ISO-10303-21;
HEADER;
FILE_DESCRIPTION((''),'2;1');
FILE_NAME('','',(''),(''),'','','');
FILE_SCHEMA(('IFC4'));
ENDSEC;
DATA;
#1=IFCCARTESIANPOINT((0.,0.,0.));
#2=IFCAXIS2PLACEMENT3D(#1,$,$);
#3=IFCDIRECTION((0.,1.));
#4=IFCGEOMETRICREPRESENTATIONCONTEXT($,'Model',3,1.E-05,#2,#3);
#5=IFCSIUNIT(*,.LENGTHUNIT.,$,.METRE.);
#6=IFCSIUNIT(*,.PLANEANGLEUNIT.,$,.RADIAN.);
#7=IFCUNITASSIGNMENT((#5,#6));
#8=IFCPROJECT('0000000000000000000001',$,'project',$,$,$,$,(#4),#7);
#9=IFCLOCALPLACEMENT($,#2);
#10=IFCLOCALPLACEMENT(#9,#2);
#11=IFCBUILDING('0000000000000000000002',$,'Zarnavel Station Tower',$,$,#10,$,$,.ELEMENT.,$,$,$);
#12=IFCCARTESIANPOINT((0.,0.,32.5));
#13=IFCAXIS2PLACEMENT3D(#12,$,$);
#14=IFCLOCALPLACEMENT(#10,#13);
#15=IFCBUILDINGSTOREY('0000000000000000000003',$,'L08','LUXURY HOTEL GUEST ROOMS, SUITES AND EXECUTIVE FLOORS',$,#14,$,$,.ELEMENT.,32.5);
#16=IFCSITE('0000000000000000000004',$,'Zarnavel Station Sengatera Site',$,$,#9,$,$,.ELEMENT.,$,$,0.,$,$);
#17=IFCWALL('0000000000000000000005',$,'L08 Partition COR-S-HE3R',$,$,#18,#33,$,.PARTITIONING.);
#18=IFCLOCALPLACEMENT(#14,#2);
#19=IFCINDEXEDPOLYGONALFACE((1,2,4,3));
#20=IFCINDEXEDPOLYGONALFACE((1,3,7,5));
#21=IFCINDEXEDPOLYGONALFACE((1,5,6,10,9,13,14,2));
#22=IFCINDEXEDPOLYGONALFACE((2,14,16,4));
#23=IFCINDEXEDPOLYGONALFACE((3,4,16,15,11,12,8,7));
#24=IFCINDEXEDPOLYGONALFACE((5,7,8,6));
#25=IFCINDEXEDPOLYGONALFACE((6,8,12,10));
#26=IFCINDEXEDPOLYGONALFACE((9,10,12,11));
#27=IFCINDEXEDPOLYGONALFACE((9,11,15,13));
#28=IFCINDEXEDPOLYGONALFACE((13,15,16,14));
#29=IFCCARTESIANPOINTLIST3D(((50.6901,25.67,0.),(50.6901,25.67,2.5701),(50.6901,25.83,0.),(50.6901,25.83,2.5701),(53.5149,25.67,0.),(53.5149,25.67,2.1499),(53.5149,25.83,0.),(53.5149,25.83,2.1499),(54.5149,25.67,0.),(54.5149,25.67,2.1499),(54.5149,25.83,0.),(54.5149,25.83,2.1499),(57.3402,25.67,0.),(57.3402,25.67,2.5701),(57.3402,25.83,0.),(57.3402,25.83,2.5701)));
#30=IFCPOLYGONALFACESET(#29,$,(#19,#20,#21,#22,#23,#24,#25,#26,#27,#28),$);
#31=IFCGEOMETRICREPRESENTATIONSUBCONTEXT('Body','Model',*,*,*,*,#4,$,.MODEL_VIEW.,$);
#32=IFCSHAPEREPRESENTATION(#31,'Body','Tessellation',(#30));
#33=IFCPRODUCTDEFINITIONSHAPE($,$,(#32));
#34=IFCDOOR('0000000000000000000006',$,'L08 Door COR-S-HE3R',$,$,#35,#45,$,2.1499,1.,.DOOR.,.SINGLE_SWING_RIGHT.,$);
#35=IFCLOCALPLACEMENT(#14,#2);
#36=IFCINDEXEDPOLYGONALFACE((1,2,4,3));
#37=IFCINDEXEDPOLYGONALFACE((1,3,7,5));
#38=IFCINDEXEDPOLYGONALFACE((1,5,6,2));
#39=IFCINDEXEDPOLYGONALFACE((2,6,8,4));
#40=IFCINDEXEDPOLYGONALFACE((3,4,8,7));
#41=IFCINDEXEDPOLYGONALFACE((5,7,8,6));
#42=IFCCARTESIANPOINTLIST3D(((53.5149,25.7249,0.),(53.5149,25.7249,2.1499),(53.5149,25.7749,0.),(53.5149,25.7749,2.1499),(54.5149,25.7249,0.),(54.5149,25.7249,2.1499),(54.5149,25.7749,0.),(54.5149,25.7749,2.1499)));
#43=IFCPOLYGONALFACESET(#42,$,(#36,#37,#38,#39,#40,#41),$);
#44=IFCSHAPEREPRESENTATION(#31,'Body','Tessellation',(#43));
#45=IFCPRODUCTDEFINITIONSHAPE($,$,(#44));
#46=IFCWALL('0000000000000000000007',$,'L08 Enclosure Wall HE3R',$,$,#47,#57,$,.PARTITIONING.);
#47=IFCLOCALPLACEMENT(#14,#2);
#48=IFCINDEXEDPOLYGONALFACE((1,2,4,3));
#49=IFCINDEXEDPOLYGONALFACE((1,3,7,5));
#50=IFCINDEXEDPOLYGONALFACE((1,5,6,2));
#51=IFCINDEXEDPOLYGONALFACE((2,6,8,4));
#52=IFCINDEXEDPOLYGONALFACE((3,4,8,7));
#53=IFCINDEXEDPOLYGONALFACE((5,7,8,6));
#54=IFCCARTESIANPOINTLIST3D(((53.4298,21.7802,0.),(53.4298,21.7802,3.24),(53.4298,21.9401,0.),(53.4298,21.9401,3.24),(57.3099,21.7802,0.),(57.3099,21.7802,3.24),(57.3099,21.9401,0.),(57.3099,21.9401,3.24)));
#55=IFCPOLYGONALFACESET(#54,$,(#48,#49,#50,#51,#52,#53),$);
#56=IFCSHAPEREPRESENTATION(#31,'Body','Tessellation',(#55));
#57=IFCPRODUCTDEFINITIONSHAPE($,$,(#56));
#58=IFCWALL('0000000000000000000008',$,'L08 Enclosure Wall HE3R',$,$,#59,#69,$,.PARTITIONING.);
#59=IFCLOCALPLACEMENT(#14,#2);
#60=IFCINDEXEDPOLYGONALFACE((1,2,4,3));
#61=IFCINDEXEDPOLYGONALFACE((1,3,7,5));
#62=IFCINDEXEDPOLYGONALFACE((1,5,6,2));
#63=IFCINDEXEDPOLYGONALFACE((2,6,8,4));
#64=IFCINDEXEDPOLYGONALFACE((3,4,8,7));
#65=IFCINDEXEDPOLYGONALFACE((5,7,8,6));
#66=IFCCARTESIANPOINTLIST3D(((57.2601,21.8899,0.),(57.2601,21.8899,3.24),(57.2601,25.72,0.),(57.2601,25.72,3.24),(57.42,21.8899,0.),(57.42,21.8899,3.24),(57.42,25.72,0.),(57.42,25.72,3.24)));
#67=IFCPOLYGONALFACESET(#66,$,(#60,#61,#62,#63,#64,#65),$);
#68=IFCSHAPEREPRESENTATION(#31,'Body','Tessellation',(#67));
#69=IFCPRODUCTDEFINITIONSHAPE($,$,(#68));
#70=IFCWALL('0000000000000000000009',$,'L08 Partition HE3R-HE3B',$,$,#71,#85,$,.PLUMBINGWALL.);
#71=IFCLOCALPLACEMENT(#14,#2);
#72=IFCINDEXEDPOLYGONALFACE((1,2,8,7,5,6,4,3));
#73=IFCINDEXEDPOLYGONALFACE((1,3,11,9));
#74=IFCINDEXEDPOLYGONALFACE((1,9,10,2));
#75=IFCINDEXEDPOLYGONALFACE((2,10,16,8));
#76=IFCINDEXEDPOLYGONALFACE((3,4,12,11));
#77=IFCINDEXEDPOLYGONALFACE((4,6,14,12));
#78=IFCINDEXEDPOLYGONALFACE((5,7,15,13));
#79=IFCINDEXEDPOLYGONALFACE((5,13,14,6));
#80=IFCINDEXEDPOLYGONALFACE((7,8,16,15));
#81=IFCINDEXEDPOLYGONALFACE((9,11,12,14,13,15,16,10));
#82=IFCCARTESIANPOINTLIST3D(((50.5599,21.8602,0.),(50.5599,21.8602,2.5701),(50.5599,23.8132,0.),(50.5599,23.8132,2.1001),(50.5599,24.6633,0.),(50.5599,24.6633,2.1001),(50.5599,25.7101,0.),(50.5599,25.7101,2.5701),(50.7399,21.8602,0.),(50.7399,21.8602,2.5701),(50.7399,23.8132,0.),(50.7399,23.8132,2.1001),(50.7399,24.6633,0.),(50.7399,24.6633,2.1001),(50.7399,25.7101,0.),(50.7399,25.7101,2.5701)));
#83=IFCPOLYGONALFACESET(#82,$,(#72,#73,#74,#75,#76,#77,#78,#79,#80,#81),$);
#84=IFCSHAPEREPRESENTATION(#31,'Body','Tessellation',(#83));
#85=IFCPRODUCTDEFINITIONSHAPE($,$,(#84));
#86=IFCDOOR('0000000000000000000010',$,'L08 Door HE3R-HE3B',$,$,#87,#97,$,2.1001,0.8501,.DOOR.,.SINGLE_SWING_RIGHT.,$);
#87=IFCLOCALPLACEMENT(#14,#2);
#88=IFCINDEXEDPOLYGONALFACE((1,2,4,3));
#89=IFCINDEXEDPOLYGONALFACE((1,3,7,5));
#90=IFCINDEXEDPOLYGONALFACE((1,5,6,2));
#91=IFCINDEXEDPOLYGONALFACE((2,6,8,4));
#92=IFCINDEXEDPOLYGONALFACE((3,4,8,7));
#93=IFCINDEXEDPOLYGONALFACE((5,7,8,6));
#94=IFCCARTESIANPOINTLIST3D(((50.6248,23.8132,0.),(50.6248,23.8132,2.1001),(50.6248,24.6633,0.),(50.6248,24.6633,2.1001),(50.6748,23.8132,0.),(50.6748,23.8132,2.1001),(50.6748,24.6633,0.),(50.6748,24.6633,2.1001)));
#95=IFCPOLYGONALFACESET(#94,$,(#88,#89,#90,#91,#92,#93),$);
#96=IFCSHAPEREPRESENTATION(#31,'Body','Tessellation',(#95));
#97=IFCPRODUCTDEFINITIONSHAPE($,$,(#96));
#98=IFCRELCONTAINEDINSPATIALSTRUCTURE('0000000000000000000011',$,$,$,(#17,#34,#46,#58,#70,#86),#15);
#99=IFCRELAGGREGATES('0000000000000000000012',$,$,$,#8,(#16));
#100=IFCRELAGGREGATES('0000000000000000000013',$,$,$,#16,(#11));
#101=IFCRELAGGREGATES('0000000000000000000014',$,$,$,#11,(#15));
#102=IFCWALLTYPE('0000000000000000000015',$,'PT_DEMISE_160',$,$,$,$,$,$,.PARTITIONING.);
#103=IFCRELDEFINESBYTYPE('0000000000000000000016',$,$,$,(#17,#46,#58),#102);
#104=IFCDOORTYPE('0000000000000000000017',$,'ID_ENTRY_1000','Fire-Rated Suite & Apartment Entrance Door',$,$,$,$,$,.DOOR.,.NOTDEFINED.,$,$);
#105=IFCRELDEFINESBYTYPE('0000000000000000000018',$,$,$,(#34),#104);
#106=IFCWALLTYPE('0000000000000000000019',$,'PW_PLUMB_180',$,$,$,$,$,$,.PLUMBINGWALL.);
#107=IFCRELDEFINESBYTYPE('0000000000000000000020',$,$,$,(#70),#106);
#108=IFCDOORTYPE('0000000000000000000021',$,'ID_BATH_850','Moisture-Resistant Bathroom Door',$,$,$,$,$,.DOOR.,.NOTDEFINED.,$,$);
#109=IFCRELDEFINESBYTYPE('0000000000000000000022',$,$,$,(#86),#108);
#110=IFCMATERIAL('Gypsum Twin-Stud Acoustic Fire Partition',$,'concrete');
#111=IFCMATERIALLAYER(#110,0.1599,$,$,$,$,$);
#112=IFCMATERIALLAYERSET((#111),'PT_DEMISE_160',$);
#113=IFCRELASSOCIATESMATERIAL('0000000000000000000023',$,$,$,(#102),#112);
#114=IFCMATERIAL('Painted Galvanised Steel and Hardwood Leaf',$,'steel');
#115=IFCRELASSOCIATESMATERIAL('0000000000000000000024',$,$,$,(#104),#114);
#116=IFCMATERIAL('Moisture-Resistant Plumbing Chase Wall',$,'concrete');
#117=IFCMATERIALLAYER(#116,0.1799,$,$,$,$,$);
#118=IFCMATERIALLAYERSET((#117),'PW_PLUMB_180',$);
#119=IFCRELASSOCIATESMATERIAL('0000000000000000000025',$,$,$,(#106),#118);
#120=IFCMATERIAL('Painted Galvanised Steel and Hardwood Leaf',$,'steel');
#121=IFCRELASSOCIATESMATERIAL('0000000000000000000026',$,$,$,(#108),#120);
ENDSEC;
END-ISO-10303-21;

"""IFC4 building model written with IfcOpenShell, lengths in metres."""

from ifc_helpers import new_model, si_unit, direction, frame, frame_2d, origin, place, context, subcontext, project, spatial, rectangle, extrude, material, layer, layer_set, type_object, element, fill, save


model = new_model("IFC4")

# Units and contexts
model_context = context("Model", 3, precision=1e-05, world=origin(), true_north=direction((0.0, 1.0)))
body_context = subcontext(model_context, "Body", "Model", "MODEL_VIEW")
ifc_project = project(units=[si_unit("LENGTHUNIT", "METRE"), si_unit("PLANEANGLEUNIT", "RADIAN")], contexts=[model_context])

# Site, building, storey
site_placement = place(None, origin())
site = spatial("IfcSite", under=ifc_project, at=site_placement, Name="Zarnavel Station Sengatera Site", CompositionType="ELEMENT", RefElevation=0.0)
building_placement = place(site_placement, origin())
building = spatial("IfcBuilding", under=site, at=building_placement, Name="Zarnavel Station Tower", CompositionType="ELEMENT")
storey_placement = place(building_placement, frame((0.0, 0.0, 32.5)))
storey = spatial("IfcBuildingStorey", under=building, at=storey_placement, Name="L08", Description="LUXURY HOTEL GUEST ROOMS, SUITES AND EXECUTIVE FLOORS", CompositionType="ELEMENT", Elevation=32.5)

# Wall, opening, door
ifc_material_1 = material(Name="Gypsum Twin-Stud Acoustic Fire Partition", Category="concrete")
ifc_layer_1 = layer(ifc_material_1, 0.1599)
ifc_layer_set_1 = layer_set([ifc_layer_1], Name="PT_DEMISE_160")
wall_type_1 = type_object("IfcWallType", Name="PT_DEMISE_160", PredefinedType="PARTITIONING", material=ifc_layer_set_1)
wall_1_placement = place(storey_placement, frame((50.6899, 25.75, 0.0), z_axis=(0.0, 0.0, 1.0), x_axis=(1.0, 0.0, 0.0)))
wall_1 = element("IfcWall", 1, at=wall_1_placement, inside=storey, type_object=wall_type_1, Name="L08 Partition COR-S-HE3R", PredefinedType="PARTITIONING", context=body_context, shape_type="SweptSolid", body=[
    extrude(rectangle(XDim=6.6501, YDim=0.1599, at=frame_2d((3.3252, 0.0))), origin(), (0.0, 0.0, 1.0), 2.5701),
])
opening_1_placement = place(wall_1_placement, frame((2.825, 0.0, 0.0)))
opening_1 = element("IfcOpeningElement", 2, at=opening_1_placement, cuts=wall_1, PredefinedType="OPENING", context=body_context, shape_type="SweptSolid", body=[
    extrude(rectangle(XDim=1.0, YDim=2.1499, at=frame_2d((0.5, 1.075))), frame((0.0, 0.0898, 0.0), z_axis=(0.0, -1.0, 0.0), x_axis=(1.0, 0.0, 0.0)), (0.0, 0.0, 1.0), 0.1799),
])
ifc_material_2 = material(Name="Painted Galvanised Steel and Hardwood Leaf", Category="steel")
door_type_1 = type_object("IfcDoorType", Name="ID_ENTRY_1000", Description="Fire-Rated Suite & Apartment Entrance Door", OperationType="NOTDEFINED", PredefinedType="DOOR", material=ifc_material_2)
door_1_placement = place(opening_1_placement, origin())
door_1 = element("IfcDoor", 3, at=door_1_placement, inside=storey, type_object=door_type_1, Name="L08 Door COR-S-HE3R", OperationType="SINGLE_SWING_RIGHT", OverallHeight=2.1499, OverallWidth=1.0, PredefinedType="DOOR", context=body_context, shape_type="SweptSolid", body=[
    extrude(rectangle(XDim=1.0, YDim=2.1499, at=frame_2d((0.5, 1.075))), frame((0.0, 0.0249, 0.0), z_axis=(0.0, -1.0, 0.0), x_axis=(1.0, 0.0, 0.0)), (0.0, 0.0, 1.0), 0.05),
])
fill(opening_1, door_1)

# Walls
wall_2_placement = place(storey_placement, frame((53.4299, 21.8601, 0.0), z_axis=(0.0, 0.0, 1.0), x_axis=(1.0, 0.0, 0.0)))
element("IfcWall", 4, at=wall_2_placement, inside=storey, type_object=wall_type_1, Name="L08 Enclosure Wall HE3R", PredefinedType="PARTITIONING", context=body_context, shape_type="SweptSolid", body=[
    extrude(rectangle(XDim=3.8801, YDim=0.1599, at=frame_2d((1.9399, 0.0))), origin(), (0.0, 0.0, 1.0), 3.24),
])
wall_3_placement = place(storey_placement, frame((57.3401, 21.8899, 0.0), z_axis=(0.0, 0.0, 1.0), x_axis=(0.0, 1.0, 0.0)))
element("IfcWall", 5, at=wall_3_placement, inside=storey, type_object=wall_type_1, Name="L08 Enclosure Wall HE3R", PredefinedType="PARTITIONING", context=body_context, shape_type="SweptSolid", body=[
    extrude(rectangle(XDim=3.8301, YDim=0.1599, at=frame_2d((1.915, 0.0))), origin(), (0.0, 0.0, 1.0), 3.24),
])

# Wall, opening, door
ifc_material_3 = material(Name="Moisture-Resistant Plumbing Chase Wall", Category="concrete")
ifc_layer_2 = layer(ifc_material_3, 0.1799)
ifc_layer_set_2 = layer_set([ifc_layer_2], Name="PW_PLUMB_180")
wall_type_2 = type_object("IfcWallType", Name="PW_PLUMB_180", PredefinedType="PLUMBINGWALL", material=ifc_layer_set_2)
wall_4_placement = place(storey_placement, frame((50.6499, 25.71, 0.0), z_axis=(0.0, 0.0, 1.0), x_axis=(0.0, -1.0, 0.0)))
wall_4 = element("IfcWall", 6, at=wall_4_placement, inside=storey, type_object=wall_type_2, Name="L08 Partition HE3R-HE3B", PredefinedType="PLUMBINGWALL", context=body_context, shape_type="SweptSolid", body=[
    extrude(rectangle(XDim=3.8499, YDim=0.1799, at=frame_2d((1.9248, 0.0))), origin(), (0.0, 0.0, 1.0), 2.5701),
])
opening_2_placement = place(wall_4_placement, frame((1.0466, 0.0, 0.0)))
opening_2 = element("IfcOpeningElement", 7, at=opening_2_placement, cuts=wall_4, PredefinedType="OPENING", context=body_context, shape_type="SweptSolid", body=[
    extrude(rectangle(XDim=0.8501, YDim=2.1001, at=frame_2d((0.425, 1.05))), frame((0.0, 0.0999, 0.0), z_axis=(0.0, -1.0, 0.0), x_axis=(1.0, 0.0, 0.0)), (0.0, 0.0, 1.0), 0.2),
])
ifc_material_4 = material(Name="Painted Galvanised Steel and Hardwood Leaf", Category="steel")
door_type_2 = type_object("IfcDoorType", Name="ID_BATH_850", Description="Moisture-Resistant Bathroom Door", OperationType="NOTDEFINED", PredefinedType="DOOR", material=ifc_material_4)
door_2_placement = place(opening_2_placement, origin())
door_2 = element("IfcDoor", 8, at=door_2_placement, inside=storey, type_object=door_type_2, Name="L08 Door HE3R-HE3B", OperationType="SINGLE_SWING_RIGHT", OverallHeight=2.1001, OverallWidth=0.8501, PredefinedType="DOOR", context=body_context, shape_type="SweptSolid", body=[
    extrude(rectangle(XDim=0.8501, YDim=2.1001, at=frame_2d((0.425, 1.05))), frame((0.0, 0.0249, 0.0), z_axis=(0.0, -1.0, 0.0), x_axis=(1.0, 0.0, 0.0)), (0.0, 0.0, 1.0), 0.05),
])
fill(opening_2, door_2)

save(model, "model.ifc")
